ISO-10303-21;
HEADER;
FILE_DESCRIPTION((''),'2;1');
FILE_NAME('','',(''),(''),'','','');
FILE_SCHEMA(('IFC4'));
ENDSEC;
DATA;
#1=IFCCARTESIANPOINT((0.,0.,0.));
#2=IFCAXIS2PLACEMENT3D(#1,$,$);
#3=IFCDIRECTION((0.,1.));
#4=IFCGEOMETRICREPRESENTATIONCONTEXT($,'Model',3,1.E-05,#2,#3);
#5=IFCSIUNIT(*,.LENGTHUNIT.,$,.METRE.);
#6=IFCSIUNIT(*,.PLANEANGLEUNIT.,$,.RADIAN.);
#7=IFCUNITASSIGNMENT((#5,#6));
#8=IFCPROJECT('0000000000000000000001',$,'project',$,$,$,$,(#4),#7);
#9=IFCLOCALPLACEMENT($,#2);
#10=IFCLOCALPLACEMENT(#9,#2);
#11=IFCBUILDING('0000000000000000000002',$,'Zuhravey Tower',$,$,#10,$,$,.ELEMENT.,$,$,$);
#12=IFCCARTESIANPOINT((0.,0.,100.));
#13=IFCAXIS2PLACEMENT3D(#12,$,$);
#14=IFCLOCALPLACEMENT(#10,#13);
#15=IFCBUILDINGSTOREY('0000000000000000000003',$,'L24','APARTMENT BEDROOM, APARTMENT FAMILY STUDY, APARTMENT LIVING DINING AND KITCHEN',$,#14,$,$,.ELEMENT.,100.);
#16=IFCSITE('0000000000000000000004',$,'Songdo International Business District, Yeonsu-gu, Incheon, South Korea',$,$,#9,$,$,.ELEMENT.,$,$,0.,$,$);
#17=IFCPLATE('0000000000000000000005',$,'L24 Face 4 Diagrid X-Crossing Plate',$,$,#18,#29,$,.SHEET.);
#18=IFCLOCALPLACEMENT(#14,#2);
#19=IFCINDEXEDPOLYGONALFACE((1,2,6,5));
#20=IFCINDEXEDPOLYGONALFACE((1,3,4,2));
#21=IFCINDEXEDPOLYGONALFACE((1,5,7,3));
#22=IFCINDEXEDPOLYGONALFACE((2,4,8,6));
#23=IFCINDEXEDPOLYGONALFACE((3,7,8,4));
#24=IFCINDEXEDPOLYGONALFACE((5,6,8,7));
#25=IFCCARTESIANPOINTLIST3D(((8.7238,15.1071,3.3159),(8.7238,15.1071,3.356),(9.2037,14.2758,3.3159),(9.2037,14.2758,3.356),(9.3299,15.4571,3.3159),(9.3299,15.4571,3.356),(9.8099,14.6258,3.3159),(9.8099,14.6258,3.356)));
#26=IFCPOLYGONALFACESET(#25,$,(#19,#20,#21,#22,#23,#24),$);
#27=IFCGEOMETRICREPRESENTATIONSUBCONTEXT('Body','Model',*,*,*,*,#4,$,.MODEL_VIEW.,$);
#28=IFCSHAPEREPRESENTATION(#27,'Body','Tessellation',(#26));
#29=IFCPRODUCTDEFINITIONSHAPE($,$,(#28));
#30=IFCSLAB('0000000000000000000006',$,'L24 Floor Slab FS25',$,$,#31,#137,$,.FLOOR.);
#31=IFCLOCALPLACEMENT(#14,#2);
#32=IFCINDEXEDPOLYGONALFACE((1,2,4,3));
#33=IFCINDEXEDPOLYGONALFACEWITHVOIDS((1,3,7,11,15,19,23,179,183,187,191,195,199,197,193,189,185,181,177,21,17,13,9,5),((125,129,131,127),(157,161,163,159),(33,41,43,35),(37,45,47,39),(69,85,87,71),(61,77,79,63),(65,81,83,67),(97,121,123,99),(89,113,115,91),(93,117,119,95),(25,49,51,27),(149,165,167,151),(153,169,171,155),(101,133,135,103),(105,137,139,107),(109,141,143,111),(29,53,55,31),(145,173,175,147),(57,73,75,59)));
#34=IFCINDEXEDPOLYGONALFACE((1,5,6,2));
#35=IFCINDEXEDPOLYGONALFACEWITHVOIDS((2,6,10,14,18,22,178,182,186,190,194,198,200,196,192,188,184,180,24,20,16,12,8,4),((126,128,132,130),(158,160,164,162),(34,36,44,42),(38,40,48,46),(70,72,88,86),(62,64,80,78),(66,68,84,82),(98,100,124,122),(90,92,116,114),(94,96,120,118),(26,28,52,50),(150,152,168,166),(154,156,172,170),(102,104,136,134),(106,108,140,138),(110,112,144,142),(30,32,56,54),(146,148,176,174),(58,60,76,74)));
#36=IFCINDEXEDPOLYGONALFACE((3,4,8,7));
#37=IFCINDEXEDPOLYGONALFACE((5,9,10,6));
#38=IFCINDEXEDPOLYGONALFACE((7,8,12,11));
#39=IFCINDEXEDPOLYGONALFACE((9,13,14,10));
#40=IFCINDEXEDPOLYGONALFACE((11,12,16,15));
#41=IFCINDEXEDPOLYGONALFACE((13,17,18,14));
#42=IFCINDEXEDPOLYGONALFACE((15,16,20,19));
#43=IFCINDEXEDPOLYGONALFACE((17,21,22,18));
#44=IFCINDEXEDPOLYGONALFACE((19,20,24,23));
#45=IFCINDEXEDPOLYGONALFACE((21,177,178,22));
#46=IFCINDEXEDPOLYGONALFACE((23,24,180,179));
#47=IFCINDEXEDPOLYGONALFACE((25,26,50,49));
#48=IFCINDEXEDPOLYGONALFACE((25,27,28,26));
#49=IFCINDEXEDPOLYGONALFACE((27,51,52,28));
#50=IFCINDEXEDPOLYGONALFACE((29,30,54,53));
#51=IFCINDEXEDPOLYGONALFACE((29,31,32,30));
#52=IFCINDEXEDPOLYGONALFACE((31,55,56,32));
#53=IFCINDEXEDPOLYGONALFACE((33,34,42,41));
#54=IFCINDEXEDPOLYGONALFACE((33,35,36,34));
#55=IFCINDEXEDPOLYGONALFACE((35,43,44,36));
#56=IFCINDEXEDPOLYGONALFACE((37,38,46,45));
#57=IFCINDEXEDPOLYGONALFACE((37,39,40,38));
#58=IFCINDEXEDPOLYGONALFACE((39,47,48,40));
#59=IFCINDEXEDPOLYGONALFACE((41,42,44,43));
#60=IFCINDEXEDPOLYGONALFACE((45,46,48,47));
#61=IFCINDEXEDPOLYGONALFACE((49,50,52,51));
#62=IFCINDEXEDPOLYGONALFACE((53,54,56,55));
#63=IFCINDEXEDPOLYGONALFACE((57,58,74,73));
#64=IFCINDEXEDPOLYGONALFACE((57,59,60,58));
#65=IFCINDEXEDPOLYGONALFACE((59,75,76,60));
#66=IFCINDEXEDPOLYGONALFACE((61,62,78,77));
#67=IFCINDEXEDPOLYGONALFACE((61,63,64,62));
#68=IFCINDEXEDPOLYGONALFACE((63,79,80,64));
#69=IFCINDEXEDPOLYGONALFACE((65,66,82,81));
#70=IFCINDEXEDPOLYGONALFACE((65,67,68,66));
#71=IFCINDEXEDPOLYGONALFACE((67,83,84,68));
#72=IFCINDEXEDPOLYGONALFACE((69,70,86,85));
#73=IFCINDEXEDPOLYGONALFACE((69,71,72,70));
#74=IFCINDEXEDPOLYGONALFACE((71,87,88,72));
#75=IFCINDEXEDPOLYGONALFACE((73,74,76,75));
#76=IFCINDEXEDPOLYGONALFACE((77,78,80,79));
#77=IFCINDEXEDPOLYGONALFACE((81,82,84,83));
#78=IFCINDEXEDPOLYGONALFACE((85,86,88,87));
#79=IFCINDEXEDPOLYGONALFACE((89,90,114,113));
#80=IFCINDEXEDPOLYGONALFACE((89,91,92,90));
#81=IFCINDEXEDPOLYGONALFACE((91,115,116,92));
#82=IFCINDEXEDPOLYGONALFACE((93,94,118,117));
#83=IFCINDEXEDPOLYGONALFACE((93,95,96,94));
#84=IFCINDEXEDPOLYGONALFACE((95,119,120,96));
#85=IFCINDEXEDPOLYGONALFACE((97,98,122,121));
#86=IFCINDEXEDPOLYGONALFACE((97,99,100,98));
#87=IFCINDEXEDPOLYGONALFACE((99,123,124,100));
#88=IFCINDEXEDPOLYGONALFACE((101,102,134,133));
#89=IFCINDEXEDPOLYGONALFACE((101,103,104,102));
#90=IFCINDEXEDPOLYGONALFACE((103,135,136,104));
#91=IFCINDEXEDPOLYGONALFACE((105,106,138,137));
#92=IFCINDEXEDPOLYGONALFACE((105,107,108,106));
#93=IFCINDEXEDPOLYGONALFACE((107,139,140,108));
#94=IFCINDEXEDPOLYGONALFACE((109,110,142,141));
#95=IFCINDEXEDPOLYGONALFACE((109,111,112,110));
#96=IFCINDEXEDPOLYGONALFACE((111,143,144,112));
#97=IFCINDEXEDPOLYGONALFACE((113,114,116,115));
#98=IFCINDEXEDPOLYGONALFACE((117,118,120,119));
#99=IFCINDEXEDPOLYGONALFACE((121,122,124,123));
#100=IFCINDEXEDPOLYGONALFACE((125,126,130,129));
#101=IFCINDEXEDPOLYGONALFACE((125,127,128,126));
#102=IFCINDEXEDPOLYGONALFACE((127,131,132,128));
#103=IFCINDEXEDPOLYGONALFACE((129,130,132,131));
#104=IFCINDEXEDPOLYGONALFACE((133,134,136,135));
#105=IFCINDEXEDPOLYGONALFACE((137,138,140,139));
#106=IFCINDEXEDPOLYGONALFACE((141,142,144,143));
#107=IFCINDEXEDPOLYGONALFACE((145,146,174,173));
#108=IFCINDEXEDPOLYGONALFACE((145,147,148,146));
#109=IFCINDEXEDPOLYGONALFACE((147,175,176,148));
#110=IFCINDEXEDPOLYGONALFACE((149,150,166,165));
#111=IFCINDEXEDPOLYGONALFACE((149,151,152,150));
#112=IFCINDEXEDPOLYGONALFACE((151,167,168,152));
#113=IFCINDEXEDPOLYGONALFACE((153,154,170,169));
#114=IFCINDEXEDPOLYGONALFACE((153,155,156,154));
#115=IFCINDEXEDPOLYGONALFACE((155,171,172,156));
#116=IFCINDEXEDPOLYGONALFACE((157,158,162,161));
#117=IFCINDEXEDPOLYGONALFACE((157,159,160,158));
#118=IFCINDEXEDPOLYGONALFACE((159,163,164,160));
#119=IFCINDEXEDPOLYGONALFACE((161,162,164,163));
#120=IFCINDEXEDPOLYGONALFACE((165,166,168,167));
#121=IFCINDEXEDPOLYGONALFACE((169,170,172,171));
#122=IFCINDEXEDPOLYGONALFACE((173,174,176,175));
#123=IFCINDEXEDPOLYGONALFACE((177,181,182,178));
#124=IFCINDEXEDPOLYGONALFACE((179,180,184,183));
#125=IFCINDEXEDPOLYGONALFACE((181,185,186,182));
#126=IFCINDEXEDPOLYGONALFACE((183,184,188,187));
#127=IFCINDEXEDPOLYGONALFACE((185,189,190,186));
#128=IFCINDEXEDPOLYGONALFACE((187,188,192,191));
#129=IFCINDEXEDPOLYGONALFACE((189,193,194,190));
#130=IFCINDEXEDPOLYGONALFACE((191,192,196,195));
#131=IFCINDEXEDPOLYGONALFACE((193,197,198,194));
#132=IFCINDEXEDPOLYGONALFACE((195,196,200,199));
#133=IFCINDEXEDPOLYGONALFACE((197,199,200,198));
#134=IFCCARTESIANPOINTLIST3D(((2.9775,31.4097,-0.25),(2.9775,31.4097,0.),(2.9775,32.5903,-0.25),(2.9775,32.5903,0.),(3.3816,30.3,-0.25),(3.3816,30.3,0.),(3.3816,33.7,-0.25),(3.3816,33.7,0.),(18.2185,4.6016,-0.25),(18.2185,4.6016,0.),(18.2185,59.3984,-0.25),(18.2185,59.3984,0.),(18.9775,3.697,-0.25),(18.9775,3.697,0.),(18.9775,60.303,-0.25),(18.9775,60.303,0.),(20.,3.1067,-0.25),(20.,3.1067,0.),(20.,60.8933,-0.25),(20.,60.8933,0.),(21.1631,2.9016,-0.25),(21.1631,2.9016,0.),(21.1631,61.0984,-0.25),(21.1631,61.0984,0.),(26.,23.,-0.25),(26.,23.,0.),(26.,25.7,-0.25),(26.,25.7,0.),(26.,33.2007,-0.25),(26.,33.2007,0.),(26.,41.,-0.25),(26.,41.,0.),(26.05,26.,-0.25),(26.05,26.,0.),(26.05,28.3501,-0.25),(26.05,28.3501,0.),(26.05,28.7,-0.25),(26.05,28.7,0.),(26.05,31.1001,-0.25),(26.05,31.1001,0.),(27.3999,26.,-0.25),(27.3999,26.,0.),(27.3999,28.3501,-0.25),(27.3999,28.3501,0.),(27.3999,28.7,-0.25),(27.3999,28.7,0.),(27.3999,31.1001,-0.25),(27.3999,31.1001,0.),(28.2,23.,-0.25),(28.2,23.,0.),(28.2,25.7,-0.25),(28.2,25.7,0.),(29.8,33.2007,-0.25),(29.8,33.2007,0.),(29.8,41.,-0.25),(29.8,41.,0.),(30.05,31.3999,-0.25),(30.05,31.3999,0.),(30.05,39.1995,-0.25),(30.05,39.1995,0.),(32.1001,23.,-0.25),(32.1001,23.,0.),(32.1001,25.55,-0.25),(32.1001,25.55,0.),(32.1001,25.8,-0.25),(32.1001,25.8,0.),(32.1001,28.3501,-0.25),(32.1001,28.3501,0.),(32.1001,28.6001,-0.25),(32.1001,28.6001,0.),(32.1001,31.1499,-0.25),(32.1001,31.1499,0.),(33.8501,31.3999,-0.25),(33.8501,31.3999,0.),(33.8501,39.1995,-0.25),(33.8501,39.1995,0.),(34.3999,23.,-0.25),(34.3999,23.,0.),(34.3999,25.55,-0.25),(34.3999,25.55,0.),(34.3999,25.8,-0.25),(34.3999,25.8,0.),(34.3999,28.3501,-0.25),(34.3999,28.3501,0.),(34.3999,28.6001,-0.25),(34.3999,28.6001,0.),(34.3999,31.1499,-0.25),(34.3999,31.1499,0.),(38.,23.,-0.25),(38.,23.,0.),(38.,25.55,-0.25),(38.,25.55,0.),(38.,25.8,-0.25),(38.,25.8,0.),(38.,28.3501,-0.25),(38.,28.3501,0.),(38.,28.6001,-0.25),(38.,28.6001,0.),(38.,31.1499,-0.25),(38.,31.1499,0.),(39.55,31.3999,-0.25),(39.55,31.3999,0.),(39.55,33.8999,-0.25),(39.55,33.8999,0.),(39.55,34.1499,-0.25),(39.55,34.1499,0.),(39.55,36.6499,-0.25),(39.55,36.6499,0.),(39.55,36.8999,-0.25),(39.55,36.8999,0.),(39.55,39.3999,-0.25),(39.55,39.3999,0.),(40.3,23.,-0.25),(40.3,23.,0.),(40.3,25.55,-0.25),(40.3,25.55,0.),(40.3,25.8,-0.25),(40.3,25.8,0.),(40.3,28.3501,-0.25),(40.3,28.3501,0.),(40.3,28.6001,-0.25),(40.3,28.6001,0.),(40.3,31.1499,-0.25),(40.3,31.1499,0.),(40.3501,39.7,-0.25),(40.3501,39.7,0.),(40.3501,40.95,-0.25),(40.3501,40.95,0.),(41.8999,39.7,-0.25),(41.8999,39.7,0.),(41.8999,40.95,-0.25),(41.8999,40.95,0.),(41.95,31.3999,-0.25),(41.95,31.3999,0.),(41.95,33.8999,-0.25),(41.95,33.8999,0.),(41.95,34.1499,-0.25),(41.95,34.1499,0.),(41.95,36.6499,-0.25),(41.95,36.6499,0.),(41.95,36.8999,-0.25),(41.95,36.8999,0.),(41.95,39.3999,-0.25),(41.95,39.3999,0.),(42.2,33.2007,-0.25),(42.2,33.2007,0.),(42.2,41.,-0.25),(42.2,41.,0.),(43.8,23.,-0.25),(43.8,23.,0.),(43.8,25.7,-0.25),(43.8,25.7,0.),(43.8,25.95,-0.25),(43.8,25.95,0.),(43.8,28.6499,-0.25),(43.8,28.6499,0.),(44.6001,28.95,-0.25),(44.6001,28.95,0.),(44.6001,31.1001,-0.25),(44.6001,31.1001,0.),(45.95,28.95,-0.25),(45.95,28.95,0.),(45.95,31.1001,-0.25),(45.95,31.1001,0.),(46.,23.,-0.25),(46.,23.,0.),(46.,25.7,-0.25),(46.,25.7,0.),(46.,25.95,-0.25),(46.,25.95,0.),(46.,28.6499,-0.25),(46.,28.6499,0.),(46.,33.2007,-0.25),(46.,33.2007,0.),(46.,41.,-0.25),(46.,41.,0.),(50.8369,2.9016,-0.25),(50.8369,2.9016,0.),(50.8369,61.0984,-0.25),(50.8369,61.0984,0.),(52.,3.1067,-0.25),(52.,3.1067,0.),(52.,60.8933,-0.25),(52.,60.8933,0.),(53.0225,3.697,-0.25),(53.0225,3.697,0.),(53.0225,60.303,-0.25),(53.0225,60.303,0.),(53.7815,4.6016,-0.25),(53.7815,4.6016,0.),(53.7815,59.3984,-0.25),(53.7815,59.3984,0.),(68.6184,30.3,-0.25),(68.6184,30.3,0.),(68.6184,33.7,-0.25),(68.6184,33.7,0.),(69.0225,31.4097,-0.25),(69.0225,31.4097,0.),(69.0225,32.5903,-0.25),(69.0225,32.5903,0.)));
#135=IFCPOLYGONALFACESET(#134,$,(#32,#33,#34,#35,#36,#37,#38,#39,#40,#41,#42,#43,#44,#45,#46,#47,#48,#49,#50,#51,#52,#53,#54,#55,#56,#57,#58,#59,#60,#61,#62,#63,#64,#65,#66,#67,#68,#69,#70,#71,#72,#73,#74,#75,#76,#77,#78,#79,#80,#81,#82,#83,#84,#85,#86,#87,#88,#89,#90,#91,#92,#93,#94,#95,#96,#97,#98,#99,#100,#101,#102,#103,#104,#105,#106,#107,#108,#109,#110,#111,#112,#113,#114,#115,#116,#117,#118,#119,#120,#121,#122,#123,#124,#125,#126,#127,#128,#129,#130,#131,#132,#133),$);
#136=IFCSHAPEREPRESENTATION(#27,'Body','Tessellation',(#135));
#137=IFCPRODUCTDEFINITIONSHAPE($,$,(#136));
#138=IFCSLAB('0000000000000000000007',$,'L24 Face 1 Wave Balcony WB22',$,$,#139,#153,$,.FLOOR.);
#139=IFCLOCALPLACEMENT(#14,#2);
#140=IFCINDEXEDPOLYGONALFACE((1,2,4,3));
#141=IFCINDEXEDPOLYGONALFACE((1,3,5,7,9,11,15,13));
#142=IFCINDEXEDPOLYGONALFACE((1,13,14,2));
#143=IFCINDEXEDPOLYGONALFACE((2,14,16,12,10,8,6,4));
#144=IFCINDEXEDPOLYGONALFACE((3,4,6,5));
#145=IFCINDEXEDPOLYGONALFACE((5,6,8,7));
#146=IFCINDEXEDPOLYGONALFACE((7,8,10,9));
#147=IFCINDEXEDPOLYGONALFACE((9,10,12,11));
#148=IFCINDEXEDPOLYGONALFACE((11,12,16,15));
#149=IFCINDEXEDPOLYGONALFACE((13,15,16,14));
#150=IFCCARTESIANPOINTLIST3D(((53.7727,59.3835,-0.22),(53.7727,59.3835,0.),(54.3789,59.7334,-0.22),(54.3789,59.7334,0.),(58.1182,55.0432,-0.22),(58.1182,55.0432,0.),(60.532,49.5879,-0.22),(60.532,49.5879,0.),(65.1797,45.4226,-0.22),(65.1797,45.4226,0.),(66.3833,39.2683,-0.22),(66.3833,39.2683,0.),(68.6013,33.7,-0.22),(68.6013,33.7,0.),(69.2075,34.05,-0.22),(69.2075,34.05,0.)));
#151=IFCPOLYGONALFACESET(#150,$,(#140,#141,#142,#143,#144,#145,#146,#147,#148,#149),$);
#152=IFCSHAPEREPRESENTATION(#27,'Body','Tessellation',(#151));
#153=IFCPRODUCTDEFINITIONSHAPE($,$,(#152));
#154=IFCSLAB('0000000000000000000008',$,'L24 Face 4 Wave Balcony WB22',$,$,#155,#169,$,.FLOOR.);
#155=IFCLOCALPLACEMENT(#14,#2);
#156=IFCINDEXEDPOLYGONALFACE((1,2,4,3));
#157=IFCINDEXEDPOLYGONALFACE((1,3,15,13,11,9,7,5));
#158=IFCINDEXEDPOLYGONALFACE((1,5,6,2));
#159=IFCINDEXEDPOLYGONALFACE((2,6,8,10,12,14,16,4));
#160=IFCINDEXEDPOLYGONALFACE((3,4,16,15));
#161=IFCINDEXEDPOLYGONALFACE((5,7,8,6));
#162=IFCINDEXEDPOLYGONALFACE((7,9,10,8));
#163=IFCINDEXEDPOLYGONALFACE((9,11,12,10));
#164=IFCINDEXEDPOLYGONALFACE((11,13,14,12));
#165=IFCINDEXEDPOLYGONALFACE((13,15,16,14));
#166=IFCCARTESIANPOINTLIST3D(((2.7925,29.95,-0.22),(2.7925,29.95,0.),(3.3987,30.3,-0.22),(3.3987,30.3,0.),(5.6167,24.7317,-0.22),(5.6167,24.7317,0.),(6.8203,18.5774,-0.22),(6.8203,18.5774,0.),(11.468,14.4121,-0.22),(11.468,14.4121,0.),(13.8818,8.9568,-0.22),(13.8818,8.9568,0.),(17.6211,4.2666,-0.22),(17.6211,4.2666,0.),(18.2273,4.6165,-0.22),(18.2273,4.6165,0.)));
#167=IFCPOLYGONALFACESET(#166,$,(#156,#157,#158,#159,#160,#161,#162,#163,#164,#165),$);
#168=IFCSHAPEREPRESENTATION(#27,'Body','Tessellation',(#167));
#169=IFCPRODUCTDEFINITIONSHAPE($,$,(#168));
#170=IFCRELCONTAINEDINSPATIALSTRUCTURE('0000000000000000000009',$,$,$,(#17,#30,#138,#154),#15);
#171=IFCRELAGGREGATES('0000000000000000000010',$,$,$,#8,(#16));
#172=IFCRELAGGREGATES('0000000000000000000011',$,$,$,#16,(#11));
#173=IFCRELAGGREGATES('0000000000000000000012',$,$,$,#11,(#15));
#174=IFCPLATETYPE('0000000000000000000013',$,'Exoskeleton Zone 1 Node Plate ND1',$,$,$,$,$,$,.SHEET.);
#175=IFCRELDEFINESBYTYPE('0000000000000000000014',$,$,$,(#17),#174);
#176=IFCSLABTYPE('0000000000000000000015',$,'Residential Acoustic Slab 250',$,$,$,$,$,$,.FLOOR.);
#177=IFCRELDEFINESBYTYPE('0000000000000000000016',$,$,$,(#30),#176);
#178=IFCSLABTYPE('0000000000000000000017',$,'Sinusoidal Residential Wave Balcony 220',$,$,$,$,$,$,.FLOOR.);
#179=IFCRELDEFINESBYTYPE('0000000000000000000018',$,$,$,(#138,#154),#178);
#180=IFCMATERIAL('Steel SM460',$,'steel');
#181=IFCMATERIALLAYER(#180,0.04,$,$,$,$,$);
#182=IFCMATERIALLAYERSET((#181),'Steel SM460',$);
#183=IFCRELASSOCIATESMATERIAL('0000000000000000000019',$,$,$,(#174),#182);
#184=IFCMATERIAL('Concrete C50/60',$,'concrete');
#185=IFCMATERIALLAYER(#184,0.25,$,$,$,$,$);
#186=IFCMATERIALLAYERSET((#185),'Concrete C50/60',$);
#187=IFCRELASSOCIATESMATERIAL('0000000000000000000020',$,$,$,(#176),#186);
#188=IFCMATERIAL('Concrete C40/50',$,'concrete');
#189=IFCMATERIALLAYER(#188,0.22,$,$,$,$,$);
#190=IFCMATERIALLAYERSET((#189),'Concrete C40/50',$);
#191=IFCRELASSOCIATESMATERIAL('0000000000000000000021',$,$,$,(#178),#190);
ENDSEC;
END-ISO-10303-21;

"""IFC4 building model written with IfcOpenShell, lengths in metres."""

from ifc_helpers import new_model, si_unit, direction, frame, origin, origin_2d, place, context, subcontext, project, spatial, polyline, rectangle, outline, extrude, material, layer, layer_set, type_object, element, save


model = new_model("IFC4")

# Units and contexts
model_context = context("Model", 3, precision=1e-05, world=origin(), true_north=direction((0.0, 1.0)))
body_context = subcontext(model_context, "Body", "Model", "MODEL_VIEW")
ifc_project = project(units=[si_unit("LENGTHUNIT", "METRE"), si_unit("PLANEANGLEUNIT", "RADIAN")], contexts=[model_context])

# Site, building, storey
site_placement = place(None, origin())
site = spatial("IfcSite", under=ifc_project, at=site_placement, Name="Songdo International Business District, Yeonsu-gu, Incheon, South Korea", CompositionType="ELEMENT", RefElevation=0.0)
building_placement = place(site_placement, origin())
building = spatial("IfcBuilding", under=site, at=building_placement, Name="Zuhravey Tower", CompositionType="ELEMENT")
storey_placement = place(building_placement, frame((0.0, 0.0, 100.0)))
storey = spatial("IfcBuildingStorey", under=building, at=storey_placement, Name="L24", Description="APARTMENT BEDROOM, APARTMENT FAMILY STUDY, APARTMENT LIVING DINING AND KITCHEN", CompositionType="ELEMENT", Elevation=100.0)

# Shared definitions
ifc_material_1 = material(Name="Steel SM460", Category="steel")

# Plate
ifc_layer_1 = layer(ifc_material_1, 0.04)
ifc_layer_set_1 = layer_set([ifc_layer_1], Name="Steel SM460")
plate_type_1 = type_object("IfcPlateType", Name="Exoskeleton Zone 1 Node Plate ND1", PredefinedType="SHEET", material=ifc_layer_set_1)
for number, where, z_axis, x_axis, name in (
    (1, (9.2668, 14.8665, 3.3159), (0.0, 0.0, 1.0), (0.5, -0.866025, 0.0), "L24 Face 4 Diagrid X-Crossing Plate"),
):
    element("IfcPlate", number, at=place(storey_placement, frame(where, z_axis=z_axis, x_axis=x_axis)), inside=storey, type_object=plate_type_1, Name=name, PredefinedType="SHEET", context=body_context, shape_type="SweptSolid", body=[
        extrude(rectangle(XDim=0.96, YDim=0.7, at=origin_2d()), origin(), (0.0, 0.0, 1.0), 0.04),
    ])

# Slabs
ifc_material_2 = material(Name="Concrete C50/60", Category="concrete")
ifc_layer_2 = layer(ifc_material_2, 0.25)
ifc_layer_set_2 = layer_set([ifc_layer_2], Name="Concrete C50/60")
slab_type_1 = type_object("IfcSlabType", Name="Residential Acoustic Slab 250", PredefinedType="FLOOR", material=ifc_layer_set_2)
slab_1_placement = place(storey_placement, frame((0.0, 0.0, -0.25)))
element("IfcSlab", 2, at=slab_1_placement, inside=storey, type_object=slab_type_1, Name="L24 Floor Slab FS25", PredefinedType="FLOOR", context=body_context, shape_type="SweptSolid", body=[
    extrude(outline(polyline([(68.6184, 30.3), (69.0225, 31.4097), (69.0225, 32.5903), (68.6184, 33.7), (53.7815, 59.3984), (53.0225, 60.303), (52.0, 60.8933), (50.8369, 61.0984), (21.1631, 61.0984), (20.0, 60.8933), (18.9775, 60.303), (18.2185, 59.3984), (3.3816, 33.7), (2.9775, 32.5903), (2.9775, 31.4097), (3.3816, 30.3), (18.2185, 4.6016), (18.9775, 3.697), (20.0, 3.1067), (21.1631, 2.9016), (50.8369, 2.9016), (52.0, 3.1067), (53.0225, 3.697), (53.7815, 4.6016), (68.6184, 30.3)]), holes=[polyline([(29.8, 33.2007), (29.8, 41.0), (26.0, 41.0), (26.0, 33.2007), (29.8, 33.2007)]), polyline([(46.0, 33.2007), (46.0, 41.0), (42.2, 41.0), (42.2, 33.2007), (46.0, 33.2007)]), polyline([(30.05, 39.1995), (30.05, 31.3999), (33.8501, 31.3999), (33.8501, 39.1995), (30.05, 39.1995)]), polyline([(32.1001, 23.0), (34.3999, 23.0), (34.3999, 25.55), (32.1001, 25.55), (32.1001, 23.0)]), polyline([(32.1001, 25.8), (34.3999, 25.8), (34.3999, 28.3501), (32.1001, 28.3501), (32.1001, 25.8)]), polyline([(32.1001, 28.6001), (34.3999, 28.6001), (34.3999, 31.1499), (32.1001, 31.1499), (32.1001, 28.6001)]), polyline([(38.0, 23.0), (40.3, 23.0), (40.3, 25.55), (38.0, 25.55), (38.0, 23.0)]), polyline([(38.0, 25.8), (40.3, 25.8), (40.3, 28.3501), (38.0, 28.3501), (38.0, 25.8)]), polyline([(38.0, 28.6001), (40.3, 28.6001), (40.3, 31.1499), (38.0, 31.1499), (38.0, 28.6001)]), polyline([(39.55, 31.3999), (41.95, 31.3999), (41.95, 33.8999), (39.55, 33.8999), (39.55, 31.3999)]), polyline([(39.55, 34.1499), (41.95, 34.1499), (41.95, 36.6499), (39.55, 36.6499), (39.55, 34.1499)]), polyline([(39.55, 36.8999), (41.95, 36.8999), (41.95, 39.3999), (39.55, 39.3999), (39.55, 36.8999)]), polyline([(26.0, 23.0), (28.2, 23.0), (28.2, 25.7), (26.0, 25.7), (26.0, 23.0)]), polyline([(43.8, 23.0), (46.0, 23.0), (46.0, 25.7), (43.8, 25.7), (43.8, 23.0)]), polyline([(43.8, 25.95), (46.0, 25.95), (46.0, 28.6499), (43.8, 28.6499), (43.8, 25.95)]), polyline([(26.05, 26.0), (27.3999, 26.0), (27.3999, 28.3501), (26.05, 28.3501), (26.05, 26.0)]), polyline([(26.05, 28.7), (27.3999, 28.7), (27.3999, 31.1001), (26.05, 31.1001), (26.05, 28.7)]), polyline([(44.6001, 28.95), (45.95, 28.95), (45.95, 31.1001), (44.6001, 31.1001), (44.6001, 28.95)]), polyline([(40.3501, 39.7), (41.8999, 39.7), (41.8999, 40.95), (40.3501, 40.95), (40.3501, 39.7)])]), origin(), (0.0, 0.0, 1.0), 0.25),
])
ifc_material_3 = material(Name="Concrete C40/50", Category="concrete")
ifc_layer_3 = layer(ifc_material_3, 0.22)
ifc_layer_set_3 = layer_set([ifc_layer_3], Name="Concrete C40/50")
slab_type_2 = type_object("IfcSlabType", Name="Sinusoidal Residential Wave Balcony 220", PredefinedType="FLOOR", material=ifc_layer_set_3)
slab_2_placement = place(storey_placement, frame((0.0, 0.0, -0.22)))
element("IfcSlab", 3, at=slab_2_placement, inside=storey, type_object=slab_type_2, Name="L24 Face 1 Wave Balcony WB22", PredefinedType="FLOOR", context=body_context, shape_type="SweptSolid", body=[
    extrude(outline(polyline([(68.6013, 33.7), (53.7727, 59.3835), (54.3789, 59.7334), (58.1182, 55.0432), (60.532, 49.5879), (65.1797, 45.4226), (66.3833, 39.2683), (69.2075, 34.05), (68.6013, 33.7)])), origin(), (0.0, 0.0, 1.0), 0.22),
])
slab_3_placement = place(storey_placement, frame((0.0, 0.0, -0.22)))
element("IfcSlab", 4, at=slab_3_placement, inside=storey, type_object=slab_type_2, Name="L24 Face 4 Wave Balcony WB22", PredefinedType="FLOOR", context=body_context, shape_type="SweptSolid", body=[
    extrude(outline(polyline([(3.3987, 30.3), (18.2273, 4.6165), (17.6211, 4.2666), (13.8818, 8.9568), (11.468, 14.4121), (6.8203, 18.5774), (5.6167, 24.7317), (2.7925, 29.95), (3.3987, 30.3)])), origin(), (0.0, 0.0, 1.0), 0.22),
])

save(model, "model.ifc")
